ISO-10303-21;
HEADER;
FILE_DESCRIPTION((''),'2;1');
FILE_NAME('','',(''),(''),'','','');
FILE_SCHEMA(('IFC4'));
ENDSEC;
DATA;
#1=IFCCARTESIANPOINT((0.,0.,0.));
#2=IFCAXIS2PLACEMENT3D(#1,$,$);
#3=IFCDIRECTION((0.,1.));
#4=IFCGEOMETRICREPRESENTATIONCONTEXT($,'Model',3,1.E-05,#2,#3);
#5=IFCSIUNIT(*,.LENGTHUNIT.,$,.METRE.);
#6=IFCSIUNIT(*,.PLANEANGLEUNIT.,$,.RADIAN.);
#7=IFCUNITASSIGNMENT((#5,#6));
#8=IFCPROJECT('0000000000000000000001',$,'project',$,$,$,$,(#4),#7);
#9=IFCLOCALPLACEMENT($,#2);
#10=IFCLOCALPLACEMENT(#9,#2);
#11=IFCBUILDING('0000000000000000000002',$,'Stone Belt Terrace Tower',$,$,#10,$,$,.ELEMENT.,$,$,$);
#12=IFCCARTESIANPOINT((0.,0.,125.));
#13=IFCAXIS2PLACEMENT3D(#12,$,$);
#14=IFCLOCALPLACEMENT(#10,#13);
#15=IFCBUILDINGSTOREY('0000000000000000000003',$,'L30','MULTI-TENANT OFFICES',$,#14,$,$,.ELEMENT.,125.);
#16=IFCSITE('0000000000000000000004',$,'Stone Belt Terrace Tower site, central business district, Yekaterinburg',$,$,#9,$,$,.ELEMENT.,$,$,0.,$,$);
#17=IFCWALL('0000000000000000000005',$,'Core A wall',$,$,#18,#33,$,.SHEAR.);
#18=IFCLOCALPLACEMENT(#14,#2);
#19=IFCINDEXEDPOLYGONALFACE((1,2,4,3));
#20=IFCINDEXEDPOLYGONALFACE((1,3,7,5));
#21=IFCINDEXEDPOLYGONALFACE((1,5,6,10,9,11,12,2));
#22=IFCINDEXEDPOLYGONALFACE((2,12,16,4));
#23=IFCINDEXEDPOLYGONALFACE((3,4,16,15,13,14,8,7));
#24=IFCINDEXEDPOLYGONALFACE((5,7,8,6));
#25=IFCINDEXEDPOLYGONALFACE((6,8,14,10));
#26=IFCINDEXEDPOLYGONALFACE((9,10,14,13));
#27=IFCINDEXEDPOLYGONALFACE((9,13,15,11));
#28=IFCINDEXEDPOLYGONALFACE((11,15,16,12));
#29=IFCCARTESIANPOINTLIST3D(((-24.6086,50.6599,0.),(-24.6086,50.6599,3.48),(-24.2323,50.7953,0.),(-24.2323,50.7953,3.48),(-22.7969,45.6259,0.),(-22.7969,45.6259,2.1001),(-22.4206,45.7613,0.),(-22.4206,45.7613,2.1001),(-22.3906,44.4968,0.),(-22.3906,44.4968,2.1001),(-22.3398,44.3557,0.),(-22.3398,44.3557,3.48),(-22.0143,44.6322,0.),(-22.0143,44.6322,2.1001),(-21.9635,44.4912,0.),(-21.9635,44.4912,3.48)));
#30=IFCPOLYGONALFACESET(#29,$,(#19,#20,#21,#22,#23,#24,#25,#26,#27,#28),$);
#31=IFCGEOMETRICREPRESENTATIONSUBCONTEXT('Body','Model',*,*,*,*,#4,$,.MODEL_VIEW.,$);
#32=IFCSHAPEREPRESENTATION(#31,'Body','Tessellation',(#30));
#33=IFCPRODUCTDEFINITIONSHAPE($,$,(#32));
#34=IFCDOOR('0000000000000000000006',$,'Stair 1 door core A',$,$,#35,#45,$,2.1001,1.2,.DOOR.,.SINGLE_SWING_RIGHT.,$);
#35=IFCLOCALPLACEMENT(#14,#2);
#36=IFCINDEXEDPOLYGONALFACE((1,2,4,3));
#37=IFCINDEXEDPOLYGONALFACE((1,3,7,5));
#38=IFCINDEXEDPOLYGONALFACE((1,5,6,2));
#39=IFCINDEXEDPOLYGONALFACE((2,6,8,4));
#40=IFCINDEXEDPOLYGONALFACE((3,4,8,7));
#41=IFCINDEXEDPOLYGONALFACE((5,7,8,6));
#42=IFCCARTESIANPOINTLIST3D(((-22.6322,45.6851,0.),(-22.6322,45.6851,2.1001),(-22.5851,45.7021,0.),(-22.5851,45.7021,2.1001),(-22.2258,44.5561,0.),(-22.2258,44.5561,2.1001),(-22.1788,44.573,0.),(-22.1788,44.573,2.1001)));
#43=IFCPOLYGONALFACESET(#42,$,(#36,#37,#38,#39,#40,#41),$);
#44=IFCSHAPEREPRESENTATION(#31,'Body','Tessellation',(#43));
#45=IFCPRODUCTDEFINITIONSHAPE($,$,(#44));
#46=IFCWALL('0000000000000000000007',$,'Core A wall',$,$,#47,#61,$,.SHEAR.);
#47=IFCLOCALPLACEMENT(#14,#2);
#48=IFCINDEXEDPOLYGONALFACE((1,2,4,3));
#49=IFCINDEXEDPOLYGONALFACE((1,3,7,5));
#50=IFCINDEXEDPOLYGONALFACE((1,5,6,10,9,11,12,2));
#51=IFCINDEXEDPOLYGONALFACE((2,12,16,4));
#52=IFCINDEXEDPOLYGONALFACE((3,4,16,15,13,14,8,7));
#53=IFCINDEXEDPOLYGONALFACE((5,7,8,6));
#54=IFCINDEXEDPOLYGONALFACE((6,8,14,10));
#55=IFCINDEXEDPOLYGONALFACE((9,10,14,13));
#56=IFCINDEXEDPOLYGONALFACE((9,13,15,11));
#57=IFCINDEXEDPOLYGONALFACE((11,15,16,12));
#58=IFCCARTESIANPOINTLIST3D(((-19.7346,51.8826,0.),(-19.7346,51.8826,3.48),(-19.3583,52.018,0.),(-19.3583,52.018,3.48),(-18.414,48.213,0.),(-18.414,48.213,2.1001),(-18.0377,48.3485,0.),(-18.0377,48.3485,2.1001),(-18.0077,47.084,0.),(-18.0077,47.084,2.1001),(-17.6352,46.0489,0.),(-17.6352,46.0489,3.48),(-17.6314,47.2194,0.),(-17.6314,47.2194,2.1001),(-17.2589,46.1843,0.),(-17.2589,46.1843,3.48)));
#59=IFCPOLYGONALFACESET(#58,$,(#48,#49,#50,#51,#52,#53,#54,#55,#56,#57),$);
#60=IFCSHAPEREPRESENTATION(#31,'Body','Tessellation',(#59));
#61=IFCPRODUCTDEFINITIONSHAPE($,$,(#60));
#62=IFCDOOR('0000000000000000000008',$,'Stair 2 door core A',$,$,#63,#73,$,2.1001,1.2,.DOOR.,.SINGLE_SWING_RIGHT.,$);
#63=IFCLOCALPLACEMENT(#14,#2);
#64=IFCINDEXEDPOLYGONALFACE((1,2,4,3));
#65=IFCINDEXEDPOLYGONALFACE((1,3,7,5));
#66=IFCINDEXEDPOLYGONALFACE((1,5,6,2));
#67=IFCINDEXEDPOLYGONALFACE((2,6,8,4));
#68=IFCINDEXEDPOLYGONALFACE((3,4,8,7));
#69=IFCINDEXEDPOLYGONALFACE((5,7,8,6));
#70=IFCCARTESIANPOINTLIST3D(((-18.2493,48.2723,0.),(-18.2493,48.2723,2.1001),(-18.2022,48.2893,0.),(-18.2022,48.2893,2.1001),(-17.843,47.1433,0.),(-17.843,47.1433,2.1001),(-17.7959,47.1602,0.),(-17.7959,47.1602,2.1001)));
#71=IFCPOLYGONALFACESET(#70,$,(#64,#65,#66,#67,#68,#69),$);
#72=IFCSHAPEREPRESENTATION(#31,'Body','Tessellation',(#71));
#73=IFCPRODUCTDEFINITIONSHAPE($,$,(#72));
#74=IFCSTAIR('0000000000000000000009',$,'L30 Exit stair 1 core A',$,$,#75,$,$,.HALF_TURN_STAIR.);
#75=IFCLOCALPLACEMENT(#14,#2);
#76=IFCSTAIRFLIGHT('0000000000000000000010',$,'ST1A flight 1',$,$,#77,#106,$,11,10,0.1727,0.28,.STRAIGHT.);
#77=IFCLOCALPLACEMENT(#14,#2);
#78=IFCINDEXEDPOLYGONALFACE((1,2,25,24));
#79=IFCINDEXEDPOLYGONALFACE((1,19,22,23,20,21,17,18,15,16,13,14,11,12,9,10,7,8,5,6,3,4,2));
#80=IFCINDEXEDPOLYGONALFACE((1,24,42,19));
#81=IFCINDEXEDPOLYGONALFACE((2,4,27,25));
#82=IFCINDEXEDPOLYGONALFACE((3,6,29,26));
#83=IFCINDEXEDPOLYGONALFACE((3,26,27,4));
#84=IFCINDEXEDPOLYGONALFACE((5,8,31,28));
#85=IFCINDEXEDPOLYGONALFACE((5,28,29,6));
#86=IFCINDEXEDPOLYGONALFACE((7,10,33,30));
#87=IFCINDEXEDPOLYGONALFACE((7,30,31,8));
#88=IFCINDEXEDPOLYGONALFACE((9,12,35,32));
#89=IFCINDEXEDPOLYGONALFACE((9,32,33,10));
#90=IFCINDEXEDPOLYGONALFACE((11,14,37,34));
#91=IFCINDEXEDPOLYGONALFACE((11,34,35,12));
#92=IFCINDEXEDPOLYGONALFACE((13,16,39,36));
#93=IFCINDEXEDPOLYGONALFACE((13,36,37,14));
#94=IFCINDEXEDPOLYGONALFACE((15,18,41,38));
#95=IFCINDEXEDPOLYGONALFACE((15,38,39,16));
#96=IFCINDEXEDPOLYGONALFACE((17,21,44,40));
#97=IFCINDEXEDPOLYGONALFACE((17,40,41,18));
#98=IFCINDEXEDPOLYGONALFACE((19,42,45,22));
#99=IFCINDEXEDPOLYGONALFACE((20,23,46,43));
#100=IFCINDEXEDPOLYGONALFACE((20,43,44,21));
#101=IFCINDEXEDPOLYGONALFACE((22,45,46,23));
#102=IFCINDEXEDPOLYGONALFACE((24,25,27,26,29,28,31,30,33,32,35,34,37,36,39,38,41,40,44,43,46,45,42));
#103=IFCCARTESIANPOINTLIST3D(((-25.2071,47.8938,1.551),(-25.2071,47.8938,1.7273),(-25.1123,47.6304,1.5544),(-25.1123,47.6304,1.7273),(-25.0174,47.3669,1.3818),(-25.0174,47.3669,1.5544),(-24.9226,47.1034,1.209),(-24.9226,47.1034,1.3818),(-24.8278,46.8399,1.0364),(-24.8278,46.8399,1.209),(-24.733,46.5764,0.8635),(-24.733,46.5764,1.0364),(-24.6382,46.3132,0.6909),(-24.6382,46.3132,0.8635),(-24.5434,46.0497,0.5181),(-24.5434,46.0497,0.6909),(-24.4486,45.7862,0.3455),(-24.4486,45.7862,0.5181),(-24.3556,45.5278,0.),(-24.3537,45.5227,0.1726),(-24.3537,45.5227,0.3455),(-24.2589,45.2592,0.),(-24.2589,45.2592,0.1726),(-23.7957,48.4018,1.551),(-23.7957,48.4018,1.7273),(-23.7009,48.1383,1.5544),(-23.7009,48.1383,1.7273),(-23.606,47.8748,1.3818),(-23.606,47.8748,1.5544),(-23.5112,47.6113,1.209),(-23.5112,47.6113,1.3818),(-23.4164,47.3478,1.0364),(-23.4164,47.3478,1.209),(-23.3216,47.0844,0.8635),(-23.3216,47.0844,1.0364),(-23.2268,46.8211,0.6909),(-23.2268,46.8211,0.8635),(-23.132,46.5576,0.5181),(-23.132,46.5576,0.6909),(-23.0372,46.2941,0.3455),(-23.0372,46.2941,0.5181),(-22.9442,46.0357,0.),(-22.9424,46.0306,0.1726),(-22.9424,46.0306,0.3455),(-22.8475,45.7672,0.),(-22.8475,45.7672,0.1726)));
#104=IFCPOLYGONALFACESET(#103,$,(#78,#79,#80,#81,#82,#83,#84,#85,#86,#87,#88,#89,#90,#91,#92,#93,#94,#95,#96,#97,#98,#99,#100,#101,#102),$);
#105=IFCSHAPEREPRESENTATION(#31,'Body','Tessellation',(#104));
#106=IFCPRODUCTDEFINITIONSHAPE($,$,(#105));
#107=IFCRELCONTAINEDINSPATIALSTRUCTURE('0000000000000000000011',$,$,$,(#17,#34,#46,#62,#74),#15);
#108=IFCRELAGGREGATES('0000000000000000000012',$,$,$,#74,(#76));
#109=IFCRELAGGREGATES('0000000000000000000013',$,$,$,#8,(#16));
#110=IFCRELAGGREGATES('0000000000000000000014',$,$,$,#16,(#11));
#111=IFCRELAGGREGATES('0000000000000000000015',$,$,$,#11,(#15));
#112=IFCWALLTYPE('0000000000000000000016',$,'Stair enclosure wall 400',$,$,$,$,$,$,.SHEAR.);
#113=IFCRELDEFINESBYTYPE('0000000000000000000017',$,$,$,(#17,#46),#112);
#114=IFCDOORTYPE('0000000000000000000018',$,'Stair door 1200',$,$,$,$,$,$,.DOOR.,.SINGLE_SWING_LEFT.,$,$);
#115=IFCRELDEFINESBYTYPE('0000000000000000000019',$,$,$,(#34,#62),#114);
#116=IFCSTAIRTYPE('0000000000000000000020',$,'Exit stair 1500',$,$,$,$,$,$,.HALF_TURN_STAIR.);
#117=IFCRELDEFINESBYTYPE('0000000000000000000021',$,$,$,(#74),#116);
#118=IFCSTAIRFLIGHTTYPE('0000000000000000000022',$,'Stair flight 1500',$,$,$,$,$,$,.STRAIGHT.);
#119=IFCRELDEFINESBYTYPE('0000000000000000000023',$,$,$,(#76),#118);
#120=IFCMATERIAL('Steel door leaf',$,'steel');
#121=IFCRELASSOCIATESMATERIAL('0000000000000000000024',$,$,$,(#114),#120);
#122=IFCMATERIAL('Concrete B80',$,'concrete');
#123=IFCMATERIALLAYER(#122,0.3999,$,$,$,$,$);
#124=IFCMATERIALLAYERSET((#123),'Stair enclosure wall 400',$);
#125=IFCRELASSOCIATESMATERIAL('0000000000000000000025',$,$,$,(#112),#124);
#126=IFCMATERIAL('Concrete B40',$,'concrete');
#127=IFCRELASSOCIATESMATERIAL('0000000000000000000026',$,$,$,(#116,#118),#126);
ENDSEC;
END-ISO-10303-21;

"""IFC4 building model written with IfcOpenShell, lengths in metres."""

from ifc_helpers import new_model, si_unit, direction, frame, frame_2d, origin, place, context, subcontext, project, spatial, polyline, rectangle, outline, extrude, material, layer, layer_set, type_object, element, fill, aggregate, save


model = new_model("IFC4")

# Units and contexts
model_context = context("Model", 3, precision=1e-05, world=origin(), true_north=direction((0.0, 1.0)))
body_context = subcontext(model_context, "Body", "Model", "MODEL_VIEW")
ifc_project = project(units=[si_unit("LENGTHUNIT", "METRE"), si_unit("PLANEANGLEUNIT", "RADIAN")], contexts=[model_context])

# Site, building, storey
site_placement = place(None, origin())
site = spatial("IfcSite", under=ifc_project, at=site_placement, Name="Stone Belt Terrace Tower site, central business district, Yekaterinburg", CompositionType="ELEMENT", RefElevation=0.0)
building_placement = place(site_placement, origin())
building = spatial("IfcBuilding", under=site, at=building_placement, Name="Stone Belt Terrace Tower", CompositionType="ELEMENT")
storey_placement = place(building_placement, frame((0.0, 0.0, 125.0)))
storey = spatial("IfcBuildingStorey", under=building, at=storey_placement, Name="L30", Description="MULTI-TENANT OFFICES", CompositionType="ELEMENT", Elevation=125.0)

# Shared definitions
ifc_material_1 = material(Name="Concrete B80", Category="concrete")

# Shared definitions
ifc_material_2 = material(Name="Steel door leaf", Category="steel")
door_type_1 = type_object("IfcDoorType", Name="Stair door 1200", OperationType="SINGLE_SWING_LEFT", PredefinedType="DOOR", material=ifc_material_2)

# Walls, openings, doors
ifc_layer_1 = layer(ifc_material_1, 0.3999)
ifc_layer_set_1 = layer_set([ifc_layer_1], Name="Stair enclosure wall 400")
wall_type_1 = type_object("IfcWallType", Name="Stair enclosure wall 400", PredefinedType="SHEAR", material=ifc_layer_set_1)
wall_1_placement = place(storey_placement, frame((-22.1516, 44.4233, 0.0), z_axis=(0.0, 0.0, 1.0), x_axis=(-0.338625, 0.940921, 0.0)))
wall_1 = element("IfcWall", 1, at=wall_1_placement, inside=storey, type_object=wall_type_1, Name="Core A wall", PredefinedType="SHEAR", context=body_context, shape_type="SweptSolid", body=[
    extrude(rectangle(XDim=6.7, YDim=0.3999, at=frame_2d((3.3501, 0.0))), origin(), (0.0, 0.0, 1.0), 3.48),
])
opening_1_placement = place(wall_1_placement, frame((0.1499, 0.0, 0.0)))
opening_1 = element("IfcOpeningElement", 2, at=opening_1_placement, cuts=wall_1, PredefinedType="OPENING", context=body_context, shape_type="SweptSolid", body=[
    extrude(rectangle(XDim=1.2, YDim=2.1001, at=frame_2d((0.6001, 1.05))), frame((0.0, 0.21, 0.0), z_axis=(0.0, -1.0, 0.0), x_axis=(1.0, 0.0, 0.0)), (0.0, 0.0, 1.0), 0.4199),
])
door_1_placement = place(opening_1_placement, origin())
door_1 = element("IfcDoor", 3, at=door_1_placement, inside=storey, type_object=door_type_1, Name="Stair 1 door core A", OperationType="SINGLE_SWING_RIGHT", OverallHeight=2.1001, OverallWidth=1.2, PredefinedType="DOOR", context=body_context, shape_type="SweptSolid", body=[
    extrude(rectangle(XDim=1.2, YDim=2.1001, at=frame_2d((0.6001, 1.05))), frame((0.0, 0.0249, 0.0), z_axis=(0.0, -1.0, 0.0), x_axis=(1.0, 0.0, 0.0)), (0.0, 0.0, 1.0), 0.05),
])
fill(opening_1, door_1)
wall_2_placement = place(storey_placement, frame((-17.447, 46.1165, 0.0), z_axis=(0.0, 0.0, 1.0), x_axis=(-0.338608, 0.940928, 0.0)))
wall_2 = element("IfcWall", 4, at=wall_2_placement, inside=storey, type_object=wall_type_1, Name="Core A wall", PredefinedType="SHEAR", context=body_context, shape_type="SweptSolid", body=[
    extrude(rectangle(XDim=6.2, YDim=0.3999, at=frame_2d((3.1001, 0.0))), origin(), (0.0, 0.0, 1.0), 3.48),
])
opening_2_placement = place(wall_2_placement, frame((1.1001, 0.0, 0.0)))
opening_2 = element("IfcOpeningElement", 5, at=opening_2_placement, cuts=wall_2, PredefinedType="OPENING", context=body_context, shape_type="SweptSolid", body=[
    extrude(rectangle(XDim=1.2, YDim=2.1001, at=frame_2d((0.6001, 1.05))), frame((0.0, 0.21, 0.0), z_axis=(0.0, -1.0, 0.0), x_axis=(1.0, 0.0, 0.0)), (0.0, 0.0, 1.0), 0.4199),
])
door_2_placement = place(opening_2_placement, origin())
door_2 = element("IfcDoor", 6, at=door_2_placement, inside=storey, type_object=door_type_1, Name="Stair 2 door core A", OperationType="SINGLE_SWING_RIGHT", OverallHeight=2.1001, OverallWidth=1.2, PredefinedType="DOOR", context=body_context, shape_type="SweptSolid", body=[
    extrude(rectangle(XDim=1.2, YDim=2.1001, at=frame_2d((0.6001, 1.05))), frame((0.0, 0.0249, 0.0), z_axis=(0.0, -1.0, 0.0), x_axis=(1.0, 0.0, 0.0)), (0.0, 0.0, 1.0), 0.05),
])
fill(opening_2, door_2)

# Stair, stair flight
ifc_material_3 = material(Name="Concrete B40", Category="concrete")
stair_type = type_object("IfcStairType", Name="Exit stair 1500", PredefinedType="HALF_TURN_STAIR", material=ifc_material_3)
stair_placement = place(storey_placement, origin())
stair = element("IfcStair", 7, at=stair_placement, inside=storey, type_object=stair_type, Name="L30 Exit stair 1 core A", PredefinedType="HALF_TURN_STAIR")
stair_flight_type = type_object("IfcStairFlightType", Name="Stair flight 1500", PredefinedType="STRAIGHT", material=ifc_material_3)
stair_flight_placement = place(storey_placement, frame((-23.5532, 45.5132, 0.0), z_axis=(0.0, 0.0, 1.0), x_axis=(-0.338624, 0.940922, 0.0)))
stair_flight = element("IfcStairFlight", 8, at=stair_flight_placement, type_object=stair_flight_type, Name="ST1A flight 1", NumberOfRisers=11, NumberOfTreads=10, PredefinedType="STRAIGHT", RiserHeight=0.1727, TreadLength=0.28, context=body_context, shape_type="SweptSolid", body=[
    extrude(outline(polyline([(0.0, 0.0), (0.0, 0.1726), (0.28, 0.1726), (0.28, 0.3455), (0.5601, 0.3455), (0.5601, 0.5181), (0.8401, 0.5181), (0.8401, 0.6909), (1.1201, 0.6909), (1.1201, 0.8635), (1.3999, 0.8635), (1.3999, 1.0364), (1.6799, 1.0364), (1.6799, 1.209), (1.96, 1.209), (1.96, 1.3818), (2.24, 1.3818), (2.24, 1.5544), (2.52, 1.5544), (2.52, 1.7273), (2.8, 1.7273), (2.8, 1.8999), (2.8, 1.551), (0.2854, 0.0), (0.0, 0.0)])), frame((0.0, 0.75, 0.0), z_axis=(0.0, -1.0, 0.0), x_axis=(1.0, 0.0, 0.0)), (0.0, 0.0, 1.0), 1.5),
])
aggregate(stair, [stair_flight])

save(model, "model.ifc")
